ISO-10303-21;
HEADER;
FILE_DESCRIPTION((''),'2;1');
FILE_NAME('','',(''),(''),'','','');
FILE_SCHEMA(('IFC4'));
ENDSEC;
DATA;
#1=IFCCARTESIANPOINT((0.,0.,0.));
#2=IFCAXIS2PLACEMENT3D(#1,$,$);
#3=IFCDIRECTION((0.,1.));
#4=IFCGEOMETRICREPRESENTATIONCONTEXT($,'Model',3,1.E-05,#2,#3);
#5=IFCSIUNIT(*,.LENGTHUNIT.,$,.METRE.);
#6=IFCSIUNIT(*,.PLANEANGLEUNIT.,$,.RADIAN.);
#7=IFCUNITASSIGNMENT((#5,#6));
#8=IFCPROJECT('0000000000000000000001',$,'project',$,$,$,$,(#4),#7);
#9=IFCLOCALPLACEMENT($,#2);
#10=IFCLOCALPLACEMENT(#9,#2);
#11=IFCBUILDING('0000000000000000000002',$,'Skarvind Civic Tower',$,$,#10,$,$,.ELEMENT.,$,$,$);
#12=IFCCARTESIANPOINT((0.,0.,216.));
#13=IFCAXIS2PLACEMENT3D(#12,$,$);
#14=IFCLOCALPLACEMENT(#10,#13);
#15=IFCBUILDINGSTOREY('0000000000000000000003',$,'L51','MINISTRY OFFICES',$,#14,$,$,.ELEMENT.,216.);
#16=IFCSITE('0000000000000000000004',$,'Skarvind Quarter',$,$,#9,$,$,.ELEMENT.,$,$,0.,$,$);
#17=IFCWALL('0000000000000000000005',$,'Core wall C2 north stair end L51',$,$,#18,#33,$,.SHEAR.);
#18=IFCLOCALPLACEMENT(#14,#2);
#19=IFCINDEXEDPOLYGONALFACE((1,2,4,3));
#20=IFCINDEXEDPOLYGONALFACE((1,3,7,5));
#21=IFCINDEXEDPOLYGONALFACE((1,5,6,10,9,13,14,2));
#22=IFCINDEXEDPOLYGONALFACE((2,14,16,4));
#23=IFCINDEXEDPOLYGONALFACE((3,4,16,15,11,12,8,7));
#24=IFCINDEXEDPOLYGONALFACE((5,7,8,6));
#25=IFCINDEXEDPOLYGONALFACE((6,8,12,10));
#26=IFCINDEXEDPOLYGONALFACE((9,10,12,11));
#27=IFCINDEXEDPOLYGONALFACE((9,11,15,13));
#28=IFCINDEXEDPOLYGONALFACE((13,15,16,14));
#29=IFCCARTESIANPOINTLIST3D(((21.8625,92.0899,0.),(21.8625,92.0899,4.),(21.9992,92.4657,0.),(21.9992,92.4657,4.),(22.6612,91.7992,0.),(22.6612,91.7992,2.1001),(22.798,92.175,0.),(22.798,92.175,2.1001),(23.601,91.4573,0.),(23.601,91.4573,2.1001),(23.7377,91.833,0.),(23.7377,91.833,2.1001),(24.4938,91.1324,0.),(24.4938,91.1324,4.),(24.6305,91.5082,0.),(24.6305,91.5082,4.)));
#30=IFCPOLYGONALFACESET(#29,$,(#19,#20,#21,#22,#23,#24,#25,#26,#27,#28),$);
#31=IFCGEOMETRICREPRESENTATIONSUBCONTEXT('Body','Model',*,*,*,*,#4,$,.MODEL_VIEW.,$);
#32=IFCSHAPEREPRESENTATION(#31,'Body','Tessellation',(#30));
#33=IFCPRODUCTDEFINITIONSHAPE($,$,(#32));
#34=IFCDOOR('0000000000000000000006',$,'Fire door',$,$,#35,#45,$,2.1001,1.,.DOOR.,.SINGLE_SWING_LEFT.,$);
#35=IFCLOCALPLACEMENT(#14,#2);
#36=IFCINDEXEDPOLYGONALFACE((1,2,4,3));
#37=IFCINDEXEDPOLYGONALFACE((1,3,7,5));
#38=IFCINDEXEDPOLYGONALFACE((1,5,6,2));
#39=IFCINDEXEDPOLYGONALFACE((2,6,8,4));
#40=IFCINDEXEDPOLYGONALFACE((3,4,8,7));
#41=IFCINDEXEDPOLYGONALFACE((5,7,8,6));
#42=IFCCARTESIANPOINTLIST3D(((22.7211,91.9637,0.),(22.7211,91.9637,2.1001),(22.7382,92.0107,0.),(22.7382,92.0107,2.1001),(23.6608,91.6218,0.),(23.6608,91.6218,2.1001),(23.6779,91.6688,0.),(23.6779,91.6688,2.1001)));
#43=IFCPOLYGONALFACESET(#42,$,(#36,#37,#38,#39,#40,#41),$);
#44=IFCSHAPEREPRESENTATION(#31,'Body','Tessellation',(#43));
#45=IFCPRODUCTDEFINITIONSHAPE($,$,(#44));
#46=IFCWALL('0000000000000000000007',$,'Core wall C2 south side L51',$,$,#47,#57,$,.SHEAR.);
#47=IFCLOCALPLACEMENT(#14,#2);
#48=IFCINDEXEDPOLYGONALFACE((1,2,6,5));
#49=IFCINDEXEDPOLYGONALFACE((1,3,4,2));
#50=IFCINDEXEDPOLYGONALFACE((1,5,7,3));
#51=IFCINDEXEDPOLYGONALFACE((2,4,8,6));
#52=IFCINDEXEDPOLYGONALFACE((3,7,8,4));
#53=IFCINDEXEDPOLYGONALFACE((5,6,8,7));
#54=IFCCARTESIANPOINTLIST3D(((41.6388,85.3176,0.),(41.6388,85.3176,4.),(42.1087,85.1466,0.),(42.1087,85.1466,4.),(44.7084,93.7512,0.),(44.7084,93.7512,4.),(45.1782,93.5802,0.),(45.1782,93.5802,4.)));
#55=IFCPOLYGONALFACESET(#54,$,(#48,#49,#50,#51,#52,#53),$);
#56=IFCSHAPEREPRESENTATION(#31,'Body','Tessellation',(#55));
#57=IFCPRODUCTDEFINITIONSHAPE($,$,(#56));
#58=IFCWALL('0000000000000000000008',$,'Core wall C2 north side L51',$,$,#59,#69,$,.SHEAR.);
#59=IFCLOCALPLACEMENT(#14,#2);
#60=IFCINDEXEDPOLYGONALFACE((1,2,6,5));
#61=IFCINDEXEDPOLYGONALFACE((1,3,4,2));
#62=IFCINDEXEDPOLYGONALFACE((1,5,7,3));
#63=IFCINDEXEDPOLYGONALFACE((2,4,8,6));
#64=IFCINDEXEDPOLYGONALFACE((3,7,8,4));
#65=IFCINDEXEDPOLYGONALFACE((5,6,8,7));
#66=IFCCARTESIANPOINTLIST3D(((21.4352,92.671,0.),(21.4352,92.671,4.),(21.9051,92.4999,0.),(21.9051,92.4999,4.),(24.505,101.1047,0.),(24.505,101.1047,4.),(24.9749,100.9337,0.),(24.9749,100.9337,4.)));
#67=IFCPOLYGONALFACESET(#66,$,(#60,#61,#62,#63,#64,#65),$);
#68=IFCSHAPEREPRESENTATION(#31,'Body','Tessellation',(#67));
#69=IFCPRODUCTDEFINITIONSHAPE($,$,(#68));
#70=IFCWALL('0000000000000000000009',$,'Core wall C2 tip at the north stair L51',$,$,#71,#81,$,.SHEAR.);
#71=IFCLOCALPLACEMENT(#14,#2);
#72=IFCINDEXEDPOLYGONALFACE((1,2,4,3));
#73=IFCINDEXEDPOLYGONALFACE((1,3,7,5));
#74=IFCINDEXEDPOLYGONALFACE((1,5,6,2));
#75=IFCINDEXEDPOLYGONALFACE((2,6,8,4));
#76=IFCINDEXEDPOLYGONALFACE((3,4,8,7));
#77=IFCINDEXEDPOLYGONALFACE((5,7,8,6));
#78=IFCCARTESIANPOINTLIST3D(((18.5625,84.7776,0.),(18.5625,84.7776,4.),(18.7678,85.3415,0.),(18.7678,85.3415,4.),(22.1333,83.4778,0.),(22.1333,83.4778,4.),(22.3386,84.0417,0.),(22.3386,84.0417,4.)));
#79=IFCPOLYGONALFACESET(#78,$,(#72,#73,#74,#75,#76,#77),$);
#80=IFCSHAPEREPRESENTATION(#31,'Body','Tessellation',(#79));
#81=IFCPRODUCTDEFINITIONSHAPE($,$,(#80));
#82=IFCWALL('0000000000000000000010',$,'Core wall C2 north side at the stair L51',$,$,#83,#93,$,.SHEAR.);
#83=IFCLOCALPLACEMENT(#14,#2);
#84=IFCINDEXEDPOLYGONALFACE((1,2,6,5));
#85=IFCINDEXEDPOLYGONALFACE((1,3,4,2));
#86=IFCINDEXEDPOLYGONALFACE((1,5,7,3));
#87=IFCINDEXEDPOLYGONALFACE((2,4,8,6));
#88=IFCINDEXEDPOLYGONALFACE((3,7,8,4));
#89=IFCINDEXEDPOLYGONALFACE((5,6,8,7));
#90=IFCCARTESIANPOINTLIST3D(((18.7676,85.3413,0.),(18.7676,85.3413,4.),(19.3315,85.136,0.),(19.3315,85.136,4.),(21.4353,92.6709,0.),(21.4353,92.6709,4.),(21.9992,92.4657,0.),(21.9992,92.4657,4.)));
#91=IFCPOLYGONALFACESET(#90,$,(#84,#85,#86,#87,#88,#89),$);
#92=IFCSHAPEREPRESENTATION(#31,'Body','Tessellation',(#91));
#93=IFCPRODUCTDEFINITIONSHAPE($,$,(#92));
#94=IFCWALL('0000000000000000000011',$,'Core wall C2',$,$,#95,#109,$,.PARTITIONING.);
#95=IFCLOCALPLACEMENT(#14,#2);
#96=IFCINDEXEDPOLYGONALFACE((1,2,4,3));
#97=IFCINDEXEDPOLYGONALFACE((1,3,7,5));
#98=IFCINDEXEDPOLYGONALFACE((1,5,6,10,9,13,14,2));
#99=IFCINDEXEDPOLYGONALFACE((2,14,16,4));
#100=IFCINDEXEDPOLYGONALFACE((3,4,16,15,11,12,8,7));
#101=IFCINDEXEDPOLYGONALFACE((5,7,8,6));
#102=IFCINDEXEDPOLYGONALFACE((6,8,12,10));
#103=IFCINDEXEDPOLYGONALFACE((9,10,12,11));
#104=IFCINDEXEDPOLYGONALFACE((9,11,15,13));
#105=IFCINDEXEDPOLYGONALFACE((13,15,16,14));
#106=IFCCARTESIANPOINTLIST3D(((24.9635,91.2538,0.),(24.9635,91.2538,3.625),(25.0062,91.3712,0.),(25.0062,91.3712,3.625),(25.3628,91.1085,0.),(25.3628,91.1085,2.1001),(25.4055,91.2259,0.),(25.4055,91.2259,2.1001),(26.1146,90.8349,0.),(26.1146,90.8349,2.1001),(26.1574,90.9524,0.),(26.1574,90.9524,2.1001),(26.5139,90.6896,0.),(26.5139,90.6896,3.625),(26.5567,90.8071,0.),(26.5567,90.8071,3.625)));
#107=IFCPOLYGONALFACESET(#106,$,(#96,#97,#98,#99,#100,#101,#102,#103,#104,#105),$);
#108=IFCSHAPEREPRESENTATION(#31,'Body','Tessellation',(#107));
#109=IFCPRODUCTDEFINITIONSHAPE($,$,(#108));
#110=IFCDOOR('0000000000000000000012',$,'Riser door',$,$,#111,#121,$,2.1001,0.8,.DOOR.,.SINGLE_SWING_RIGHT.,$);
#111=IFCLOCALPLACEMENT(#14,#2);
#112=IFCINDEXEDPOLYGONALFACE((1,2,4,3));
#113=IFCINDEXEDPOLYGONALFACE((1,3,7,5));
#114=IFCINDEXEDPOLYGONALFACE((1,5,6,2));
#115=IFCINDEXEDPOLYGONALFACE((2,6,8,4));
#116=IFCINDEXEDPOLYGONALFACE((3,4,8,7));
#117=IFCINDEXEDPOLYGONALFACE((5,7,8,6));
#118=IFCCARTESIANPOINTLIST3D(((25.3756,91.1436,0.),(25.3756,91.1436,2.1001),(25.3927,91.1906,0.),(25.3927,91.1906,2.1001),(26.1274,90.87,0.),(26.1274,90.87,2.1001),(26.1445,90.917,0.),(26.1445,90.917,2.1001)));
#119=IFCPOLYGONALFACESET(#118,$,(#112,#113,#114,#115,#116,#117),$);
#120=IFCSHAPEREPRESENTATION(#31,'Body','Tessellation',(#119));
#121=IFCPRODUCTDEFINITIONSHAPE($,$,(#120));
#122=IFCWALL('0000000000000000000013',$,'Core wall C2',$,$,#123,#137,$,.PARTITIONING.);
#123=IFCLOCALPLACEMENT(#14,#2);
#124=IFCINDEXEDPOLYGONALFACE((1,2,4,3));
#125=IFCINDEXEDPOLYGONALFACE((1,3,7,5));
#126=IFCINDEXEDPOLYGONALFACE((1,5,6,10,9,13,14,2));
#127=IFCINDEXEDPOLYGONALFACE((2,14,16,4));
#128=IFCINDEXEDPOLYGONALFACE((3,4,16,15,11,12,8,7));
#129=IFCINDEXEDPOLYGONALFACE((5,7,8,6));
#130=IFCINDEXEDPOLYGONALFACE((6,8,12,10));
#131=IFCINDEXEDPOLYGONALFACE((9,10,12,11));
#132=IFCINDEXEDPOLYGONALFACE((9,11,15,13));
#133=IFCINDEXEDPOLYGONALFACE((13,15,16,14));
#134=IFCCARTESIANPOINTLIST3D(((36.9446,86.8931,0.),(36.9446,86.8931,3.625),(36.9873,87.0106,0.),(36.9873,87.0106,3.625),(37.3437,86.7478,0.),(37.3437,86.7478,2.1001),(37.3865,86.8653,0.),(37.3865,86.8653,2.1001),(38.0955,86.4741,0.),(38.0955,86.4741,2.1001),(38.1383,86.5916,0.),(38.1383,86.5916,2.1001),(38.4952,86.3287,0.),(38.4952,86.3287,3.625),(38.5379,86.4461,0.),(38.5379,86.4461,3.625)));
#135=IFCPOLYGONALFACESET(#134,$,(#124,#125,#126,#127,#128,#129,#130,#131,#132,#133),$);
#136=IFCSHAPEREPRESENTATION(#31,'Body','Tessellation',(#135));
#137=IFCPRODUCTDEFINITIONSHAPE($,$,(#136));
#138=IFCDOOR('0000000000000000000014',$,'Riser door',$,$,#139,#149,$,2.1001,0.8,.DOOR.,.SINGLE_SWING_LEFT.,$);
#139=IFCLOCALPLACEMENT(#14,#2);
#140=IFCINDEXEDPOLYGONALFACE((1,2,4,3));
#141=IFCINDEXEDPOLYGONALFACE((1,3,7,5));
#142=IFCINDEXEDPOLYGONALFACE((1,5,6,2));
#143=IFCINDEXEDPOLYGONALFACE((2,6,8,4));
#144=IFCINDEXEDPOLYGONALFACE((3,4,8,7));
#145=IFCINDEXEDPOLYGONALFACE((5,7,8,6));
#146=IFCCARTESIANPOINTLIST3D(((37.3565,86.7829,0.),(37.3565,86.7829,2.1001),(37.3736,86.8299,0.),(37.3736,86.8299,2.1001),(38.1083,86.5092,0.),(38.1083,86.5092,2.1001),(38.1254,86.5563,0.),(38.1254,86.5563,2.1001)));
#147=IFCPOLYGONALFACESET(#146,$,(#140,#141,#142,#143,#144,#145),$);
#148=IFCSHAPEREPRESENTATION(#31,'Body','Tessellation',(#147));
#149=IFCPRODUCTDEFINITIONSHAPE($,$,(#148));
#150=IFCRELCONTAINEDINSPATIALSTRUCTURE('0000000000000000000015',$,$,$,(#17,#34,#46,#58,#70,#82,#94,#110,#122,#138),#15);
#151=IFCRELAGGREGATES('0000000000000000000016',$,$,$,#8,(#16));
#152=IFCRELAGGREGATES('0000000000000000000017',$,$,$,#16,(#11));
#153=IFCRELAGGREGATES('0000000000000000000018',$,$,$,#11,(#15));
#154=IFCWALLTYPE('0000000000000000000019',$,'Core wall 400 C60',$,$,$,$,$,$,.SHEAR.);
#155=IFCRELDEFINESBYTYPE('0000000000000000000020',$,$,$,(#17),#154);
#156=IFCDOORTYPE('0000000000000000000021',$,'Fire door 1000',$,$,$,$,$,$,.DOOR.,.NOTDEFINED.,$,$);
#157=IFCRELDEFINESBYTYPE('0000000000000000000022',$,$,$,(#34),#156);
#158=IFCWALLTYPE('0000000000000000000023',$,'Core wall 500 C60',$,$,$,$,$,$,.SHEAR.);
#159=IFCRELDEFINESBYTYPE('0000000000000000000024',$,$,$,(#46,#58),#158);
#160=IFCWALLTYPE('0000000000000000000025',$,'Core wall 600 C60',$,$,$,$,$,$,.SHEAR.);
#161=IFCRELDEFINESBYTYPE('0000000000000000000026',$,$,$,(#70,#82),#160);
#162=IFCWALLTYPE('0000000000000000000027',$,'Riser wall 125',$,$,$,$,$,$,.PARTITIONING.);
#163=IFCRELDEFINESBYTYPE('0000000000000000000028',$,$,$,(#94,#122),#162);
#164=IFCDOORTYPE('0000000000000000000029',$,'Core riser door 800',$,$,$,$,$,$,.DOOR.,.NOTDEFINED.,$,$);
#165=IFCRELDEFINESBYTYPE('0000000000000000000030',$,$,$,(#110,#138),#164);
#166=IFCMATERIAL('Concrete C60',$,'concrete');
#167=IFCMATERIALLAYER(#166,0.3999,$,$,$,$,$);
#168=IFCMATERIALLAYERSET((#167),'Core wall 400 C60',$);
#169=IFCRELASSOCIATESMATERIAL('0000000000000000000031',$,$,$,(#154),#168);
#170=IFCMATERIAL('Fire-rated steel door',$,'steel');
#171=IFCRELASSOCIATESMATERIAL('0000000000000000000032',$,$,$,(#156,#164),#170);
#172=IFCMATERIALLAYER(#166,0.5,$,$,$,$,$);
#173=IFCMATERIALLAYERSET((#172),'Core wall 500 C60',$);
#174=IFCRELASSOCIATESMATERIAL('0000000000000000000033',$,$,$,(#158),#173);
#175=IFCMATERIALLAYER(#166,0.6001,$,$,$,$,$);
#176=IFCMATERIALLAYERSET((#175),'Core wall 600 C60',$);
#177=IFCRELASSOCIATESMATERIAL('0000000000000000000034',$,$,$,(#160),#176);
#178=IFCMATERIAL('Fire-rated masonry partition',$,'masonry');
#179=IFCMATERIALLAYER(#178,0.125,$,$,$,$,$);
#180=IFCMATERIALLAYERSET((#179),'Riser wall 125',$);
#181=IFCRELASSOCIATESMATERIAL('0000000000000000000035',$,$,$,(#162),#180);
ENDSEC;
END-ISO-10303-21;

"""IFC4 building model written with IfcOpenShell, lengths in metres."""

from ifc_helpers import new_model, si_unit, direction, frame, frame_2d, origin, place, context, subcontext, project, spatial, rectangle, extrude, material, layer, layer_set, type_object, element, fill, save


model = new_model("IFC4")

# Units and contexts
model_context = context("Model", 3, precision=1e-05, world=origin(), true_north=direction((0.0, 1.0)))
body_context = subcontext(model_context, "Body", "Model", "MODEL_VIEW")
ifc_project = project(units=[si_unit("LENGTHUNIT", "METRE"), si_unit("PLANEANGLEUNIT", "RADIAN")], contexts=[model_context])

# Site, building, storey
site_placement = place(None, origin())
site = spatial("IfcSite", under=ifc_project, at=site_placement, Name="Skarvind Quarter", CompositionType="ELEMENT", RefElevation=0.0)
building_placement = place(site_placement, origin())
building = spatial("IfcBuilding", under=site, at=building_placement, Name="Skarvind Civic Tower", CompositionType="ELEMENT")
storey_placement = place(building_placement, frame((0.0, 0.0, 216.0)))
storey = spatial("IfcBuildingStorey", under=building, at=storey_placement, Name="L51", Description="MINISTRY OFFICES", CompositionType="ELEMENT", Elevation=216.0)

# Shared definitions
ifc_material_1 = material(Name="Fire-rated masonry partition", Category="masonry")
ifc_material_2 = material(Name="Fire-rated steel door", Category="steel")

# Shared definitions
ifc_material_3 = material(Name="Concrete C60", Category="concrete")

# Shared definitions
ifc_layer_1 = layer(ifc_material_3, 0.3999)
ifc_layer_set_1 = layer_set([ifc_layer_1], Name="Core wall 400 C60")
wall_type_1 = type_object("IfcWallType", Name="Core wall 400 C60", PredefinedType="SHEAR", material=ifc_layer_set_1)
door_type_1 = type_object("IfcDoorType", Name="Fire door 1000", OperationType="NOTDEFINED", PredefinedType="DOOR", material=ifc_material_2)

# Wall, opening, door
wall_1_placement = place(storey_placement, frame((24.562, 91.3203, 0.0), z_axis=(0.0, 0.0, 1.0), x_axis=(-0.939717, 0.341953, 0.0)))
wall_1 = element("IfcWall", 1, at=wall_1_placement, inside=storey, type_object=wall_type_1, Name="Core wall C2 north stair end L51", PredefinedType="SHEAR", context=body_context, shape_type="SweptSolid", body=[
    extrude(rectangle(XDim=2.8, YDim=0.3999, at=frame_2d((1.3999, 0.0))), origin(), (0.0, 0.0, 1.0), 4.0),
])
opening_1_placement = place(wall_1_placement, frame((0.95, 0.0, 0.0)))
opening_1 = element("IfcOpeningElement", 2, at=opening_1_placement, cuts=wall_1, PredefinedType="OPENING", context=body_context, shape_type="SweptSolid", body=[
    extrude(rectangle(XDim=1.0, YDim=2.1001, at=frame_2d((0.5, 1.05))), frame((0.0, 0.21, 0.0), z_axis=(0.0, -1.0, 0.0), x_axis=(1.0, 0.0, 0.0)), (0.0, 0.0, 1.0), 0.4199),
])
door_1_placement = place(opening_1_placement, origin())
door_1 = element("IfcDoor", 3, at=door_1_placement, inside=storey, type_object=door_type_1, Name="Fire door", OperationType="SINGLE_SWING_LEFT", OverallHeight=2.1001, OverallWidth=1.0, PredefinedType="DOOR", context=body_context, shape_type="SweptSolid", body=[
    extrude(rectangle(XDim=1.0, YDim=2.1001, at=frame_2d((0.5, 1.05))), frame((0.0, 0.0249, 0.0), z_axis=(0.0, -1.0, 0.0), x_axis=(1.0, 0.0, 0.0)), (0.0, 0.0, 1.0), 0.05),
])
fill(opening_1, door_1)

# Walls
ifc_layer_2 = layer(ifc_material_3, 0.5)
ifc_layer_set_2 = layer_set([ifc_layer_2], Name="Core wall 500 C60")
wall_type_2 = type_object("IfcWallType", Name="Core wall 500 C60", PredefinedType="SHEAR", material=ifc_layer_set_2)
wall_2_placement = place(storey_placement, frame((41.8738, 85.2322, 0.0), z_axis=(0.0, 0.0, 1.0), x_axis=(0.34202, 0.939693, 0.0)))
element("IfcWall", 4, at=wall_2_placement, inside=storey, type_object=wall_type_2, Name="Core wall C2 south side L51", PredefinedType="SHEAR", context=body_context, shape_type="SweptSolid", body=[
    extrude(rectangle(XDim=8.9749, YDim=0.5, at=frame_2d((4.4873, 0.0))), origin(), (0.0, 0.0, 1.0), 4.0),
])
wall_3_placement = place(storey_placement, frame((21.6702, 92.5854, 0.0), z_axis=(0.0, 0.0, 1.0), x_axis=(0.342036, 0.939687, 0.0)))
element("IfcWall", 5, at=wall_3_placement, inside=storey, type_object=wall_type_2, Name="Core wall C2 north side L51", PredefinedType="SHEAR", context=body_context, shape_type="SweptSolid", body=[
    extrude(rectangle(XDim=8.9751, YDim=0.5, at=frame_2d((4.4875, 0.0))), origin(), (0.0, 0.0, 1.0), 4.0),
])
ifc_layer_3 = layer(ifc_material_3, 0.6001)
ifc_layer_set_3 = layer_set([ifc_layer_3], Name="Core wall 600 C60")
wall_type_3 = type_object("IfcWallType", Name="Core wall 600 C60", PredefinedType="SHEAR", material=ifc_layer_set_3)
wall_4_placement = place(storey_placement, frame((22.2358, 83.7598, 0.0), z_axis=(0.0, 0.0, 1.0), x_axis=(-0.939681, 0.342053, 0.0)))
element("IfcWall", 6, at=wall_4_placement, inside=storey, type_object=wall_type_3, Name="Core wall C2 tip at the north stair L51", PredefinedType="SHEAR", context=body_context, shape_type="SweptSolid", body=[
    extrude(rectangle(XDim=3.8, YDim=0.6001, at=frame_2d((1.8999, 0.0))), origin(), (0.0, 0.0, 1.0), 4.0),
])
wall_5_placement = place(storey_placement, frame((19.0496, 85.2388, 0.0), z_axis=(0.0, 0.0, 1.0), x_axis=(0.342017, 0.939694, 0.0)))
element("IfcWall", 7, at=wall_5_placement, inside=storey, type_object=wall_type_3, Name="Core wall C2 north side at the stair L51", PredefinedType="SHEAR", context=body_context, shape_type="SweptSolid", body=[
    extrude(rectangle(XDim=7.8, YDim=0.6001, at=frame_2d((3.8999, 0.0))), origin(), (0.0, 0.0, 1.0), 4.0),
])

# Walls, openings, doors
ifc_layer_4 = layer(ifc_material_1, 0.125)
ifc_layer_set_4 = layer_set([ifc_layer_4], Name="Riser wall 125")
wall_type_4 = type_object("IfcWallType", Name="Riser wall 125", PredefinedType="PARTITIONING", material=ifc_layer_set_4)
wall_6_placement = place(storey_placement, frame((24.9849, 91.3125, 0.0), z_axis=(0.0, 0.0, 1.0), x_axis=(0.93972, -0.341945, 0.0)))
wall_6 = element("IfcWall", 8, at=wall_6_placement, inside=storey, type_object=wall_type_4, Name="Core wall C2", PredefinedType="PARTITIONING", context=body_context, shape_type="SweptSolid", body=[
    extrude(rectangle(XDim=1.6499, YDim=0.125, at=frame_2d((0.825, 0.0))), origin(), (0.0, 0.0, 1.0), 3.625),
])
opening_2_placement = place(wall_6_placement, frame((0.425, 0.0, 0.0)))
opening_2 = element("IfcOpeningElement", 9, at=opening_2_placement, cuts=wall_6, PredefinedType="OPENING", context=body_context, shape_type="SweptSolid", body=[
    extrude(rectangle(XDim=0.8, YDim=2.1001, at=frame_2d((0.3999, 1.05))), frame((0.0, 0.0725, 0.0), z_axis=(0.0, -1.0, 0.0), x_axis=(1.0, 0.0, 0.0)), (0.0, 0.0, 1.0), 0.145),
])
door_type_2 = type_object("IfcDoorType", Name="Core riser door 800", OperationType="NOTDEFINED", PredefinedType="DOOR", material=ifc_material_2)
door_2_placement = place(opening_2_placement, origin())
door_2 = element("IfcDoor", 10, at=door_2_placement, inside=storey, type_object=door_type_2, Name="Riser door", OperationType="SINGLE_SWING_RIGHT", OverallHeight=2.1001, OverallWidth=0.8, PredefinedType="DOOR", context=body_context, shape_type="SweptSolid", body=[
    extrude(rectangle(XDim=0.8, YDim=2.1001, at=frame_2d((0.3999, 1.05))), frame((0.0, 0.0249, 0.0), z_axis=(0.0, -1.0, 0.0), x_axis=(1.0, 0.0, 0.0)), (0.0, 0.0, 1.0), 0.05),
])
fill(opening_2, door_2)
wall_7_placement = place(storey_placement, frame((36.9658, 86.9519, 0.0), z_axis=(0.0, 0.0, 1.0), x_axis=(0.939672, -0.342076, 0.0)))
wall_7 = element("IfcWall", 11, at=wall_7_placement, inside=storey, type_object=wall_type_4, Name="Core wall C2", PredefinedType="PARTITIONING", context=body_context, shape_type="SweptSolid", body=[
    extrude(rectangle(XDim=1.6501, YDim=0.125, at=frame_2d((0.8252, 0.0))), origin(), (0.0, 0.0, 1.0), 3.625),
])
opening_3_placement = place(wall_7_placement, frame((0.425, 0.0, 0.0)))
opening_3 = element("IfcOpeningElement", 12, at=opening_3_placement, cuts=wall_7, PredefinedType="OPENING", context=body_context, shape_type="SweptSolid", body=[
    extrude(rectangle(XDim=0.8, YDim=2.1001, at=frame_2d((0.3999, 1.05))), frame((0.0, 0.0725, 0.0), z_axis=(0.0, -1.0, 0.0), x_axis=(1.0, 0.0, 0.0)), (0.0, 0.0, 1.0), 0.145),
])
door_3_placement = place(opening_3_placement, origin())
door_3 = element("IfcDoor", 13, at=door_3_placement, inside=storey, type_object=door_type_2, Name="Riser door", OperationType="SINGLE_SWING_LEFT", OverallHeight=2.1001, OverallWidth=0.8, PredefinedType="DOOR", context=body_context, shape_type="SweptSolid", body=[
    extrude(rectangle(XDim=0.8, YDim=2.1001, at=frame_2d((0.3999, 1.05))), frame((0.0, 0.0249, 0.0), z_axis=(0.0, -1.0, 0.0), x_axis=(1.0, 0.0, 0.0)), (0.0, 0.0, 1.0), 0.05),
])
fill(opening_3, door_3)

save(model, "model.ifc")
